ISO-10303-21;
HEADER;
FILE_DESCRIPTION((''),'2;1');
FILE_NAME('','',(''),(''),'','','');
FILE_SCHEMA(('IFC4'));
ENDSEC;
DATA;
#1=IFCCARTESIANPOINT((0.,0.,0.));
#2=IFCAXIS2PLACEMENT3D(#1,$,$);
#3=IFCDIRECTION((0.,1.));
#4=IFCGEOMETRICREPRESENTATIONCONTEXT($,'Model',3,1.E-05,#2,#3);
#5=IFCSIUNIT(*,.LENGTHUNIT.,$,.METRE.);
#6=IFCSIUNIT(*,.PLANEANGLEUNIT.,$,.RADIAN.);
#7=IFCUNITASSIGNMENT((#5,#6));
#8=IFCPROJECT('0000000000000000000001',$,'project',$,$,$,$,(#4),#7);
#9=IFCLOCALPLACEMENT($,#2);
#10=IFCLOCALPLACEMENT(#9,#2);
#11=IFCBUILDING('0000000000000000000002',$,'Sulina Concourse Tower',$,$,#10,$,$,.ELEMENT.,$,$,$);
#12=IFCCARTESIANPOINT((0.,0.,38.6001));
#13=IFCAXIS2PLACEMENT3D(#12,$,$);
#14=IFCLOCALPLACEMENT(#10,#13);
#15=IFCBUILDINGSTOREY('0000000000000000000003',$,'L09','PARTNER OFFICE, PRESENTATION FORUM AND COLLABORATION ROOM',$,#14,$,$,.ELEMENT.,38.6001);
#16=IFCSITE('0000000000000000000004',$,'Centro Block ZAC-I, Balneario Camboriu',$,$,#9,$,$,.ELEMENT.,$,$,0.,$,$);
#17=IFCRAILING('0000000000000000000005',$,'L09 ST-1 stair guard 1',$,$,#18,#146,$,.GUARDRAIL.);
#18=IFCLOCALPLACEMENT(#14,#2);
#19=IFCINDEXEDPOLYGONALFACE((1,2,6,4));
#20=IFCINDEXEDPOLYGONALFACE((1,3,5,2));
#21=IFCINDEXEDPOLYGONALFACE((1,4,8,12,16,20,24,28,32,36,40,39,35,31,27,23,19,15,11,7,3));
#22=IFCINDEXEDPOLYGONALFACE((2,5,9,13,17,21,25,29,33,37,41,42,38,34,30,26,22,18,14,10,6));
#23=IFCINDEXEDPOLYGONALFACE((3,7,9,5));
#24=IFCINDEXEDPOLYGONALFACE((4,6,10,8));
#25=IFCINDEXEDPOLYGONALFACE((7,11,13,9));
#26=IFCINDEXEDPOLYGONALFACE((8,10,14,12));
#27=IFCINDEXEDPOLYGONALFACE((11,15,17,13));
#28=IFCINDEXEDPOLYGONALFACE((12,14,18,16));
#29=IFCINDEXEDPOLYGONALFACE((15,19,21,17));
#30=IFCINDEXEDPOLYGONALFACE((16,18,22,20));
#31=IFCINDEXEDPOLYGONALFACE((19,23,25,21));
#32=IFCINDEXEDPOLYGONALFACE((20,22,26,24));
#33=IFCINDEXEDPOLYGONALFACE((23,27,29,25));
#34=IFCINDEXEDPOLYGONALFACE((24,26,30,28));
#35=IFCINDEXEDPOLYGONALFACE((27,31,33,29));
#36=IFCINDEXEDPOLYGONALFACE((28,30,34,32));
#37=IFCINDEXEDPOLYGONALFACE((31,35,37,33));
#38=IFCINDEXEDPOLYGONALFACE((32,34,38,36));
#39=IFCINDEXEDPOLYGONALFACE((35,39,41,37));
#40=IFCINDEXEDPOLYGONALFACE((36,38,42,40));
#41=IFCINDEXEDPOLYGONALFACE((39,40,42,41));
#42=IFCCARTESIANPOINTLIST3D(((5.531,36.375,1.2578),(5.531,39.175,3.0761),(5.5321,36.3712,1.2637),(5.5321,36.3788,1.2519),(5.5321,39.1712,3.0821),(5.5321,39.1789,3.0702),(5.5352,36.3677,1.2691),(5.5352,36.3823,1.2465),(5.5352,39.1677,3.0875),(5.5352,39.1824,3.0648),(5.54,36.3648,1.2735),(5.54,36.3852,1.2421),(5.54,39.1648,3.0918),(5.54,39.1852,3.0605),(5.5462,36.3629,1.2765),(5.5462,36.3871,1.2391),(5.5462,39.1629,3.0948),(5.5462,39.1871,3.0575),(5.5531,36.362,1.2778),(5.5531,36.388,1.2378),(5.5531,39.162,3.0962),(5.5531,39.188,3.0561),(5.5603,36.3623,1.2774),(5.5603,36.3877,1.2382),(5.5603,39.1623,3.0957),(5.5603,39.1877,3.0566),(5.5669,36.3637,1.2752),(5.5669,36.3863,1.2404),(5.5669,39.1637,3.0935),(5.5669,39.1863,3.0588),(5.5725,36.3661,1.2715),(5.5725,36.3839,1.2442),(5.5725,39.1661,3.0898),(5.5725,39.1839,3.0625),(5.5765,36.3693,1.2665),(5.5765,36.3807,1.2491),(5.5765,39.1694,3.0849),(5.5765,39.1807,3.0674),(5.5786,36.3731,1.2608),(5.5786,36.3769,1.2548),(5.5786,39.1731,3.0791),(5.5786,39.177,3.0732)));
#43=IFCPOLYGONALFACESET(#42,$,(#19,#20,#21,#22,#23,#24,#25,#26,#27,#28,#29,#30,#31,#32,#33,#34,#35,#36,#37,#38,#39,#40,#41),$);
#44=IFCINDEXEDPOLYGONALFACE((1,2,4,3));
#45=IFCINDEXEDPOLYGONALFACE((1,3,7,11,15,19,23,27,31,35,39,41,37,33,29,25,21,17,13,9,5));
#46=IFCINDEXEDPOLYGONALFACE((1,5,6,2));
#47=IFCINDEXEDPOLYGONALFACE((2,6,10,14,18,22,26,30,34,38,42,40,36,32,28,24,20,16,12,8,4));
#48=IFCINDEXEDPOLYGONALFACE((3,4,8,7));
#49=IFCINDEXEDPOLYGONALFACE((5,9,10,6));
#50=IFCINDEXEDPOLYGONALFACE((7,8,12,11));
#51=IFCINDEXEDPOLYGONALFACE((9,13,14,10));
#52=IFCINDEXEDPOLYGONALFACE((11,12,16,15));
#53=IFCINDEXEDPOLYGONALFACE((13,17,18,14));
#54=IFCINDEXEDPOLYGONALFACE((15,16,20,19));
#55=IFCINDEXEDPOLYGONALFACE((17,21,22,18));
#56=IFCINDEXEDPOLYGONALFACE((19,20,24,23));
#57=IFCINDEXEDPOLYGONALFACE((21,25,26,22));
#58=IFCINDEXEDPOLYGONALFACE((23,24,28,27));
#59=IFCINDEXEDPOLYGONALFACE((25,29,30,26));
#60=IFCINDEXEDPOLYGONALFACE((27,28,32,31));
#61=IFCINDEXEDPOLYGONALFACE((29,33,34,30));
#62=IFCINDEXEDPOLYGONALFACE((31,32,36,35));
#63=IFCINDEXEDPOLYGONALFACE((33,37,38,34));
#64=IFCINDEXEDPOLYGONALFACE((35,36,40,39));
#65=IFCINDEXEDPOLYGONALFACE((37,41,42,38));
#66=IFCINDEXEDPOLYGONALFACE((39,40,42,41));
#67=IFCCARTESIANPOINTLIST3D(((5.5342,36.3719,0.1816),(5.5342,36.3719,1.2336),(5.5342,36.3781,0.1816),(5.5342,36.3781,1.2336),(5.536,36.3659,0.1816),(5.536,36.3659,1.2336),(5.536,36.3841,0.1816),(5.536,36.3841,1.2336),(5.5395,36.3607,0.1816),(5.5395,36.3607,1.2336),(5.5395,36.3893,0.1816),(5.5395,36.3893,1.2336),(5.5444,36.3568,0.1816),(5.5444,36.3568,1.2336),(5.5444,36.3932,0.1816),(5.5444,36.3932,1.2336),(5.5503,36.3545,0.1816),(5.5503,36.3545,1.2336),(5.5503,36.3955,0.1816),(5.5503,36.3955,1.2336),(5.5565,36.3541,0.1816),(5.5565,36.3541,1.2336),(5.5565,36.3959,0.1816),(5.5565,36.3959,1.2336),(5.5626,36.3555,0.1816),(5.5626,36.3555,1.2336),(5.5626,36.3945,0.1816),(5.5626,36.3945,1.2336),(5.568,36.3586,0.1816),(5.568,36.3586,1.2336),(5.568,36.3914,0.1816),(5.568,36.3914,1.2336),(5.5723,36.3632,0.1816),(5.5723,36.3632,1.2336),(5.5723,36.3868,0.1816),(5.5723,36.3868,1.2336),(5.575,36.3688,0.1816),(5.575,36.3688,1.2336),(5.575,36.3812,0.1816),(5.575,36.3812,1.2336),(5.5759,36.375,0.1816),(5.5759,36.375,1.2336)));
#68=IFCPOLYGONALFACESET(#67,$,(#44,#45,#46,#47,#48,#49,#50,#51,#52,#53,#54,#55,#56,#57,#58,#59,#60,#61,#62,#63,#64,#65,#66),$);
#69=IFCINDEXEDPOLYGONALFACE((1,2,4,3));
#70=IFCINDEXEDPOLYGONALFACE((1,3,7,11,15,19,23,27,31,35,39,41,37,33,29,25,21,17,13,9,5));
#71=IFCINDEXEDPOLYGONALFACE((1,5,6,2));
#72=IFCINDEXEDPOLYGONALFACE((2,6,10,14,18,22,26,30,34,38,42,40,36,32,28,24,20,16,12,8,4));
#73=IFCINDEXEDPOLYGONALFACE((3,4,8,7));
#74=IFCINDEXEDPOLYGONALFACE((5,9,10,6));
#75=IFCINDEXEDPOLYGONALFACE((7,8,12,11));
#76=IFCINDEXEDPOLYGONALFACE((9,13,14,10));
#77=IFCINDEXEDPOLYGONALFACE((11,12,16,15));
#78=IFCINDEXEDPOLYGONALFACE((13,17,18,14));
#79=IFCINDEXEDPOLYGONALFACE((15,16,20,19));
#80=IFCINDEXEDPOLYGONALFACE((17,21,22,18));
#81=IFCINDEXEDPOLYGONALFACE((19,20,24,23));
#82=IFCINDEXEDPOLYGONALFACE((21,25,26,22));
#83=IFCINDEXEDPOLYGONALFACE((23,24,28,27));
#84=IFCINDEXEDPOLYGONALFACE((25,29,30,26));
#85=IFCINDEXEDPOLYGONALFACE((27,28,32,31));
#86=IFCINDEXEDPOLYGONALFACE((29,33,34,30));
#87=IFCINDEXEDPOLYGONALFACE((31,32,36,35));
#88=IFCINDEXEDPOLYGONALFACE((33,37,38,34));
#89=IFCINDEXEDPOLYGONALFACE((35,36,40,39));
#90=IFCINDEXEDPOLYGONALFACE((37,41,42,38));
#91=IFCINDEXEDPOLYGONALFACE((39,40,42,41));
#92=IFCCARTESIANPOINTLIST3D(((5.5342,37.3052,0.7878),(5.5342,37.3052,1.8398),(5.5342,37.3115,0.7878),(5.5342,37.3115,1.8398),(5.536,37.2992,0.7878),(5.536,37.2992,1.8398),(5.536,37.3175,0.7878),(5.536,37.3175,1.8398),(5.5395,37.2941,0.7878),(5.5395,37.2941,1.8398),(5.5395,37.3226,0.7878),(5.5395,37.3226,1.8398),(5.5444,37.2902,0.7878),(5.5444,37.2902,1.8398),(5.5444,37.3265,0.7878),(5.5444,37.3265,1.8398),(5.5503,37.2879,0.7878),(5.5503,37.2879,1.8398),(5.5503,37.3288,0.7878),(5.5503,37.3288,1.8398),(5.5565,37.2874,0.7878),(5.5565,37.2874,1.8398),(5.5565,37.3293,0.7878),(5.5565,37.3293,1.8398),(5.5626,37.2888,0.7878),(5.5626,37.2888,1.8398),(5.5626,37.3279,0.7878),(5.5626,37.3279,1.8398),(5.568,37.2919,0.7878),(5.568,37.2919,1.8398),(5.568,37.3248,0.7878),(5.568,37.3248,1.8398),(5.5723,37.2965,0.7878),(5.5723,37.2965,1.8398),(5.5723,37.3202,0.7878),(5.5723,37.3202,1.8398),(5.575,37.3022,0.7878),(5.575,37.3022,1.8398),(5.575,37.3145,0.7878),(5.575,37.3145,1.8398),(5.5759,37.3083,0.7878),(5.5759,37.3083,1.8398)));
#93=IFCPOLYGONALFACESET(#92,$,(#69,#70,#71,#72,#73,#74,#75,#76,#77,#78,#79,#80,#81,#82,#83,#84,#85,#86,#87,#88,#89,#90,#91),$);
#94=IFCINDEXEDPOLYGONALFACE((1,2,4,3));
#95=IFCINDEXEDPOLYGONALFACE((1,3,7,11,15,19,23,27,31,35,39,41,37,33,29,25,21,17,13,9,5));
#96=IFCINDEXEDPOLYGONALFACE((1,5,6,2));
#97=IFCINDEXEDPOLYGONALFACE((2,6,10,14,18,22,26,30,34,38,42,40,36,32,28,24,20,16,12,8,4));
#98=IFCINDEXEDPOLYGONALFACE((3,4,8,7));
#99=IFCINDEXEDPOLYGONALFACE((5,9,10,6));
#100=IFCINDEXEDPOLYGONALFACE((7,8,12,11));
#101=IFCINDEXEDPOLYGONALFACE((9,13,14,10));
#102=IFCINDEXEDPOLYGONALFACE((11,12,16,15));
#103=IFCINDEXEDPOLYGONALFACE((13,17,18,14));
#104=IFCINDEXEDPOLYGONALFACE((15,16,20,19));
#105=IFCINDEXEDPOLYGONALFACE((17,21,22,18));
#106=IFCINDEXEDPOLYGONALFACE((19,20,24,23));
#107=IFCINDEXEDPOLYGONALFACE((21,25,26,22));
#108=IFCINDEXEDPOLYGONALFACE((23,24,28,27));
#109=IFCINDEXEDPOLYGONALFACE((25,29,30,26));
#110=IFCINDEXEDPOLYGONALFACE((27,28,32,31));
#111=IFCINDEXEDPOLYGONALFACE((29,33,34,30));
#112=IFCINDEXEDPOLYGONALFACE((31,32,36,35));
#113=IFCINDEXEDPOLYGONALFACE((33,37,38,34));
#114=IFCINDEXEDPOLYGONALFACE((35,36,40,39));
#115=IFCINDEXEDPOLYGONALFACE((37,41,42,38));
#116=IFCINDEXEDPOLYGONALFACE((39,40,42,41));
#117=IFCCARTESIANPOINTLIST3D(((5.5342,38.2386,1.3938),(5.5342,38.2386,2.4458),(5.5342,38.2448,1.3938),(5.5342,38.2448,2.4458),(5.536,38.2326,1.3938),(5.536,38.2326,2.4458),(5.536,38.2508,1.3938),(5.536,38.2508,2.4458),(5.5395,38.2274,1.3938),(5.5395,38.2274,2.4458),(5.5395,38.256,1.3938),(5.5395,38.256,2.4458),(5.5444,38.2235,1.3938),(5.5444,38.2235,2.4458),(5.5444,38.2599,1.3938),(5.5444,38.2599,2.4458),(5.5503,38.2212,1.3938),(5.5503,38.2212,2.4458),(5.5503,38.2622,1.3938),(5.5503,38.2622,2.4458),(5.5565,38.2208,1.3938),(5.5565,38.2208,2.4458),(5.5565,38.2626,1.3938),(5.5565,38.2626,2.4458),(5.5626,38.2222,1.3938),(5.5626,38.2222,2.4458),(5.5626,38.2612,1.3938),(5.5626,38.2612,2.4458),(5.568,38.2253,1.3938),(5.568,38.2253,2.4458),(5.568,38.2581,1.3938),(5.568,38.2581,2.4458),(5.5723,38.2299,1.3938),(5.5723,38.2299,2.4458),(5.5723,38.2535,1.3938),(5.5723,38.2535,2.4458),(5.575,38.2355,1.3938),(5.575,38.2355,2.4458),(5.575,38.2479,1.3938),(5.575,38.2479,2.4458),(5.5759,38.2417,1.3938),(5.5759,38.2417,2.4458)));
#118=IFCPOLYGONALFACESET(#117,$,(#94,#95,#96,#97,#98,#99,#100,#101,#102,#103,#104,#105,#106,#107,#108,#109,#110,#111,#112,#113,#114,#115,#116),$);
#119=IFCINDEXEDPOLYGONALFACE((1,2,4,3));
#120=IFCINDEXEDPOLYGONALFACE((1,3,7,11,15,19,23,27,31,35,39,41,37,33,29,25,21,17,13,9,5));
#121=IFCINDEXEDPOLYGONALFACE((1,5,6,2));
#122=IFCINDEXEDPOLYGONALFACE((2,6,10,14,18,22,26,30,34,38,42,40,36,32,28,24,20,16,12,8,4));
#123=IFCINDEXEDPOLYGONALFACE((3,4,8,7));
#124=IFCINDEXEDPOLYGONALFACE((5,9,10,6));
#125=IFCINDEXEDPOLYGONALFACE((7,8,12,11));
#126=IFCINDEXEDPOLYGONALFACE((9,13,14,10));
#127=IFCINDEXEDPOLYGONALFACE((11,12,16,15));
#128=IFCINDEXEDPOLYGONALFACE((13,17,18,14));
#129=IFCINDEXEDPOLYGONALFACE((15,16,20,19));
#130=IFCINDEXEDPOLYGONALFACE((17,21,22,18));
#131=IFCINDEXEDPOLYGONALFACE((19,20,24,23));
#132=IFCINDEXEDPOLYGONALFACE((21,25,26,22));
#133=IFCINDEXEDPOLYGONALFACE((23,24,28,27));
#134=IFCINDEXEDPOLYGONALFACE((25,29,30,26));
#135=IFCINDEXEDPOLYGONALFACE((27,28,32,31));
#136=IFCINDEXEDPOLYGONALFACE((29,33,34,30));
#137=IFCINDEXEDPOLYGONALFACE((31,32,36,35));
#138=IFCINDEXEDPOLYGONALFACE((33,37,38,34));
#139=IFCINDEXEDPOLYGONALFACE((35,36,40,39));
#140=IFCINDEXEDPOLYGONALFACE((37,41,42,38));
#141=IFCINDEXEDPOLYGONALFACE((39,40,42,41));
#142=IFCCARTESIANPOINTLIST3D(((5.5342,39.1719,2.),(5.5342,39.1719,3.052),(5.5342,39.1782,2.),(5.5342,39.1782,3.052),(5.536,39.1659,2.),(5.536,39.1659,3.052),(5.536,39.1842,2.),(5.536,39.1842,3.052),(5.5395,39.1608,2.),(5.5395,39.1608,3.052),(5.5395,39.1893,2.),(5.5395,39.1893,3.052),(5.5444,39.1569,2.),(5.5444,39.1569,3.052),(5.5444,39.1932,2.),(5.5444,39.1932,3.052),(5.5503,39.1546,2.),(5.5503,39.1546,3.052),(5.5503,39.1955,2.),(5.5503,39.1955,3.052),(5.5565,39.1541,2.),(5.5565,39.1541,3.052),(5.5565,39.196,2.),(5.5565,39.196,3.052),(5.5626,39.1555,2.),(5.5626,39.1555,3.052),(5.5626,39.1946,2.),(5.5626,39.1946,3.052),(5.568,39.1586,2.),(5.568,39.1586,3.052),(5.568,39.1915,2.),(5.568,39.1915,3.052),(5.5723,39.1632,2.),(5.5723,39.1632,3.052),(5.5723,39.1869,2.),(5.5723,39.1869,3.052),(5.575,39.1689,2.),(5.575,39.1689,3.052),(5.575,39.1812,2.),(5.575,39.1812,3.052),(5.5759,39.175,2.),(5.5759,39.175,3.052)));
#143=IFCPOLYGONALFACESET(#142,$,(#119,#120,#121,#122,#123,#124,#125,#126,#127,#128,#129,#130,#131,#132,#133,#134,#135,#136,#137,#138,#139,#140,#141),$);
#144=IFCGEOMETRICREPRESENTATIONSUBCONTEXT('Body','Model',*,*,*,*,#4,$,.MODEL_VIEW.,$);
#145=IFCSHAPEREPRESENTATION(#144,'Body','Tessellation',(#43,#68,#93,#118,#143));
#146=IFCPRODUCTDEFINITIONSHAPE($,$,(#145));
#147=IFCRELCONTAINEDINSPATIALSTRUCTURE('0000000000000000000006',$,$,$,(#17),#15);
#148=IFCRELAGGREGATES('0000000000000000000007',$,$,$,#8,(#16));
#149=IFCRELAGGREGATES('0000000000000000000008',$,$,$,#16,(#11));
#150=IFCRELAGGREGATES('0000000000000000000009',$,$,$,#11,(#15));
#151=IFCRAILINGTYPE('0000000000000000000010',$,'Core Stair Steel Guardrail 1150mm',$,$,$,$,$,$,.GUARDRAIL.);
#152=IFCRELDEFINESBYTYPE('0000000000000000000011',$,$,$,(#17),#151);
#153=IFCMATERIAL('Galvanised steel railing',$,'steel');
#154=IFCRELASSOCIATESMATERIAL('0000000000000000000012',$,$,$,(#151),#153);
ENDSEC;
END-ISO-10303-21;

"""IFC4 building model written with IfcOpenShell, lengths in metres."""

from ifc_helpers import new_model, si_unit, direction, frame, origin, origin_2d, place, context, subcontext, project, spatial, circle, extrude, material, type_object, element, save


model = new_model("IFC4")

# Units and contexts
model_context = context("Model", 3, precision=1e-05, world=origin(), true_north=direction((0.0, 1.0)))
body_context = subcontext(model_context, "Body", "Model", "MODEL_VIEW")
ifc_project = project(units=[si_unit("LENGTHUNIT", "METRE"), si_unit("PLANEANGLEUNIT", "RADIAN")], contexts=[model_context])

# Site, building, storey
site_placement = place(None, origin())
site = spatial("IfcSite", under=ifc_project, at=site_placement, Name="Centro Block ZAC-I, Balneario Camboriu", CompositionType="ELEMENT", RefElevation=0.0)
building_placement = place(site_placement, origin())
building = spatial("IfcBuilding", under=site, at=building_placement, Name="Sulina Concourse Tower", CompositionType="ELEMENT")
storey_placement = place(building_placement, frame((0.0, 0.0, 38.6001)))
storey = spatial("IfcBuildingStorey", under=building, at=storey_placement, Name="L09", Description="PARTNER OFFICE, PRESENTATION FORUM AND COLLABORATION ROOM", CompositionType="ELEMENT", Elevation=38.6001)

# Railing
ifc_material_1 = material(Name="Galvanised steel railing", Category="steel")
railing_type_1 = type_object("IfcRailingType", Name="Core Stair Steel Guardrail 1150mm", PredefinedType="GUARDRAIL", material=ifc_material_1)
railing_1_placement = place(storey_placement, frame((5.5549, 36.375, 0.1816)))
element("IfcRailing", 1, at=railing_1_placement, inside=storey, type_object=railing_type_1, Name="L09 ST-1 stair guard 1", PredefinedType="GUARDRAIL", context=body_context, shape_type="SweptSolid", body=[
    extrude(circle(Radius=0.0239, at=origin_2d()), frame((0.0, 0.0, 1.0762), z_axis=(0.0, 0.838672, 0.544636), x_axis=(-1.0, 0.0, 0.0)), (0.0, 0.0, 1.0), 3.3386),
    extrude(circle(Radius=0.021, at=origin_2d()), origin(), (0.0, 0.0, 1.0), 1.052),
    extrude(circle(Radius=0.021, at=origin_2d()), frame((0.0, 0.9333, 0.6062)), (0.0, 0.0, 1.0), 1.052),
    extrude(circle(Radius=0.021, at=origin_2d()), frame((0.0, 1.8667, 1.2122)), (0.0, 0.0, 1.0), 1.052),
    extrude(circle(Radius=0.021, at=origin_2d()), frame((0.0, 2.8, 1.8184)), (0.0, 0.0, 1.0), 1.052),
])

save(model, "model.ifc")
